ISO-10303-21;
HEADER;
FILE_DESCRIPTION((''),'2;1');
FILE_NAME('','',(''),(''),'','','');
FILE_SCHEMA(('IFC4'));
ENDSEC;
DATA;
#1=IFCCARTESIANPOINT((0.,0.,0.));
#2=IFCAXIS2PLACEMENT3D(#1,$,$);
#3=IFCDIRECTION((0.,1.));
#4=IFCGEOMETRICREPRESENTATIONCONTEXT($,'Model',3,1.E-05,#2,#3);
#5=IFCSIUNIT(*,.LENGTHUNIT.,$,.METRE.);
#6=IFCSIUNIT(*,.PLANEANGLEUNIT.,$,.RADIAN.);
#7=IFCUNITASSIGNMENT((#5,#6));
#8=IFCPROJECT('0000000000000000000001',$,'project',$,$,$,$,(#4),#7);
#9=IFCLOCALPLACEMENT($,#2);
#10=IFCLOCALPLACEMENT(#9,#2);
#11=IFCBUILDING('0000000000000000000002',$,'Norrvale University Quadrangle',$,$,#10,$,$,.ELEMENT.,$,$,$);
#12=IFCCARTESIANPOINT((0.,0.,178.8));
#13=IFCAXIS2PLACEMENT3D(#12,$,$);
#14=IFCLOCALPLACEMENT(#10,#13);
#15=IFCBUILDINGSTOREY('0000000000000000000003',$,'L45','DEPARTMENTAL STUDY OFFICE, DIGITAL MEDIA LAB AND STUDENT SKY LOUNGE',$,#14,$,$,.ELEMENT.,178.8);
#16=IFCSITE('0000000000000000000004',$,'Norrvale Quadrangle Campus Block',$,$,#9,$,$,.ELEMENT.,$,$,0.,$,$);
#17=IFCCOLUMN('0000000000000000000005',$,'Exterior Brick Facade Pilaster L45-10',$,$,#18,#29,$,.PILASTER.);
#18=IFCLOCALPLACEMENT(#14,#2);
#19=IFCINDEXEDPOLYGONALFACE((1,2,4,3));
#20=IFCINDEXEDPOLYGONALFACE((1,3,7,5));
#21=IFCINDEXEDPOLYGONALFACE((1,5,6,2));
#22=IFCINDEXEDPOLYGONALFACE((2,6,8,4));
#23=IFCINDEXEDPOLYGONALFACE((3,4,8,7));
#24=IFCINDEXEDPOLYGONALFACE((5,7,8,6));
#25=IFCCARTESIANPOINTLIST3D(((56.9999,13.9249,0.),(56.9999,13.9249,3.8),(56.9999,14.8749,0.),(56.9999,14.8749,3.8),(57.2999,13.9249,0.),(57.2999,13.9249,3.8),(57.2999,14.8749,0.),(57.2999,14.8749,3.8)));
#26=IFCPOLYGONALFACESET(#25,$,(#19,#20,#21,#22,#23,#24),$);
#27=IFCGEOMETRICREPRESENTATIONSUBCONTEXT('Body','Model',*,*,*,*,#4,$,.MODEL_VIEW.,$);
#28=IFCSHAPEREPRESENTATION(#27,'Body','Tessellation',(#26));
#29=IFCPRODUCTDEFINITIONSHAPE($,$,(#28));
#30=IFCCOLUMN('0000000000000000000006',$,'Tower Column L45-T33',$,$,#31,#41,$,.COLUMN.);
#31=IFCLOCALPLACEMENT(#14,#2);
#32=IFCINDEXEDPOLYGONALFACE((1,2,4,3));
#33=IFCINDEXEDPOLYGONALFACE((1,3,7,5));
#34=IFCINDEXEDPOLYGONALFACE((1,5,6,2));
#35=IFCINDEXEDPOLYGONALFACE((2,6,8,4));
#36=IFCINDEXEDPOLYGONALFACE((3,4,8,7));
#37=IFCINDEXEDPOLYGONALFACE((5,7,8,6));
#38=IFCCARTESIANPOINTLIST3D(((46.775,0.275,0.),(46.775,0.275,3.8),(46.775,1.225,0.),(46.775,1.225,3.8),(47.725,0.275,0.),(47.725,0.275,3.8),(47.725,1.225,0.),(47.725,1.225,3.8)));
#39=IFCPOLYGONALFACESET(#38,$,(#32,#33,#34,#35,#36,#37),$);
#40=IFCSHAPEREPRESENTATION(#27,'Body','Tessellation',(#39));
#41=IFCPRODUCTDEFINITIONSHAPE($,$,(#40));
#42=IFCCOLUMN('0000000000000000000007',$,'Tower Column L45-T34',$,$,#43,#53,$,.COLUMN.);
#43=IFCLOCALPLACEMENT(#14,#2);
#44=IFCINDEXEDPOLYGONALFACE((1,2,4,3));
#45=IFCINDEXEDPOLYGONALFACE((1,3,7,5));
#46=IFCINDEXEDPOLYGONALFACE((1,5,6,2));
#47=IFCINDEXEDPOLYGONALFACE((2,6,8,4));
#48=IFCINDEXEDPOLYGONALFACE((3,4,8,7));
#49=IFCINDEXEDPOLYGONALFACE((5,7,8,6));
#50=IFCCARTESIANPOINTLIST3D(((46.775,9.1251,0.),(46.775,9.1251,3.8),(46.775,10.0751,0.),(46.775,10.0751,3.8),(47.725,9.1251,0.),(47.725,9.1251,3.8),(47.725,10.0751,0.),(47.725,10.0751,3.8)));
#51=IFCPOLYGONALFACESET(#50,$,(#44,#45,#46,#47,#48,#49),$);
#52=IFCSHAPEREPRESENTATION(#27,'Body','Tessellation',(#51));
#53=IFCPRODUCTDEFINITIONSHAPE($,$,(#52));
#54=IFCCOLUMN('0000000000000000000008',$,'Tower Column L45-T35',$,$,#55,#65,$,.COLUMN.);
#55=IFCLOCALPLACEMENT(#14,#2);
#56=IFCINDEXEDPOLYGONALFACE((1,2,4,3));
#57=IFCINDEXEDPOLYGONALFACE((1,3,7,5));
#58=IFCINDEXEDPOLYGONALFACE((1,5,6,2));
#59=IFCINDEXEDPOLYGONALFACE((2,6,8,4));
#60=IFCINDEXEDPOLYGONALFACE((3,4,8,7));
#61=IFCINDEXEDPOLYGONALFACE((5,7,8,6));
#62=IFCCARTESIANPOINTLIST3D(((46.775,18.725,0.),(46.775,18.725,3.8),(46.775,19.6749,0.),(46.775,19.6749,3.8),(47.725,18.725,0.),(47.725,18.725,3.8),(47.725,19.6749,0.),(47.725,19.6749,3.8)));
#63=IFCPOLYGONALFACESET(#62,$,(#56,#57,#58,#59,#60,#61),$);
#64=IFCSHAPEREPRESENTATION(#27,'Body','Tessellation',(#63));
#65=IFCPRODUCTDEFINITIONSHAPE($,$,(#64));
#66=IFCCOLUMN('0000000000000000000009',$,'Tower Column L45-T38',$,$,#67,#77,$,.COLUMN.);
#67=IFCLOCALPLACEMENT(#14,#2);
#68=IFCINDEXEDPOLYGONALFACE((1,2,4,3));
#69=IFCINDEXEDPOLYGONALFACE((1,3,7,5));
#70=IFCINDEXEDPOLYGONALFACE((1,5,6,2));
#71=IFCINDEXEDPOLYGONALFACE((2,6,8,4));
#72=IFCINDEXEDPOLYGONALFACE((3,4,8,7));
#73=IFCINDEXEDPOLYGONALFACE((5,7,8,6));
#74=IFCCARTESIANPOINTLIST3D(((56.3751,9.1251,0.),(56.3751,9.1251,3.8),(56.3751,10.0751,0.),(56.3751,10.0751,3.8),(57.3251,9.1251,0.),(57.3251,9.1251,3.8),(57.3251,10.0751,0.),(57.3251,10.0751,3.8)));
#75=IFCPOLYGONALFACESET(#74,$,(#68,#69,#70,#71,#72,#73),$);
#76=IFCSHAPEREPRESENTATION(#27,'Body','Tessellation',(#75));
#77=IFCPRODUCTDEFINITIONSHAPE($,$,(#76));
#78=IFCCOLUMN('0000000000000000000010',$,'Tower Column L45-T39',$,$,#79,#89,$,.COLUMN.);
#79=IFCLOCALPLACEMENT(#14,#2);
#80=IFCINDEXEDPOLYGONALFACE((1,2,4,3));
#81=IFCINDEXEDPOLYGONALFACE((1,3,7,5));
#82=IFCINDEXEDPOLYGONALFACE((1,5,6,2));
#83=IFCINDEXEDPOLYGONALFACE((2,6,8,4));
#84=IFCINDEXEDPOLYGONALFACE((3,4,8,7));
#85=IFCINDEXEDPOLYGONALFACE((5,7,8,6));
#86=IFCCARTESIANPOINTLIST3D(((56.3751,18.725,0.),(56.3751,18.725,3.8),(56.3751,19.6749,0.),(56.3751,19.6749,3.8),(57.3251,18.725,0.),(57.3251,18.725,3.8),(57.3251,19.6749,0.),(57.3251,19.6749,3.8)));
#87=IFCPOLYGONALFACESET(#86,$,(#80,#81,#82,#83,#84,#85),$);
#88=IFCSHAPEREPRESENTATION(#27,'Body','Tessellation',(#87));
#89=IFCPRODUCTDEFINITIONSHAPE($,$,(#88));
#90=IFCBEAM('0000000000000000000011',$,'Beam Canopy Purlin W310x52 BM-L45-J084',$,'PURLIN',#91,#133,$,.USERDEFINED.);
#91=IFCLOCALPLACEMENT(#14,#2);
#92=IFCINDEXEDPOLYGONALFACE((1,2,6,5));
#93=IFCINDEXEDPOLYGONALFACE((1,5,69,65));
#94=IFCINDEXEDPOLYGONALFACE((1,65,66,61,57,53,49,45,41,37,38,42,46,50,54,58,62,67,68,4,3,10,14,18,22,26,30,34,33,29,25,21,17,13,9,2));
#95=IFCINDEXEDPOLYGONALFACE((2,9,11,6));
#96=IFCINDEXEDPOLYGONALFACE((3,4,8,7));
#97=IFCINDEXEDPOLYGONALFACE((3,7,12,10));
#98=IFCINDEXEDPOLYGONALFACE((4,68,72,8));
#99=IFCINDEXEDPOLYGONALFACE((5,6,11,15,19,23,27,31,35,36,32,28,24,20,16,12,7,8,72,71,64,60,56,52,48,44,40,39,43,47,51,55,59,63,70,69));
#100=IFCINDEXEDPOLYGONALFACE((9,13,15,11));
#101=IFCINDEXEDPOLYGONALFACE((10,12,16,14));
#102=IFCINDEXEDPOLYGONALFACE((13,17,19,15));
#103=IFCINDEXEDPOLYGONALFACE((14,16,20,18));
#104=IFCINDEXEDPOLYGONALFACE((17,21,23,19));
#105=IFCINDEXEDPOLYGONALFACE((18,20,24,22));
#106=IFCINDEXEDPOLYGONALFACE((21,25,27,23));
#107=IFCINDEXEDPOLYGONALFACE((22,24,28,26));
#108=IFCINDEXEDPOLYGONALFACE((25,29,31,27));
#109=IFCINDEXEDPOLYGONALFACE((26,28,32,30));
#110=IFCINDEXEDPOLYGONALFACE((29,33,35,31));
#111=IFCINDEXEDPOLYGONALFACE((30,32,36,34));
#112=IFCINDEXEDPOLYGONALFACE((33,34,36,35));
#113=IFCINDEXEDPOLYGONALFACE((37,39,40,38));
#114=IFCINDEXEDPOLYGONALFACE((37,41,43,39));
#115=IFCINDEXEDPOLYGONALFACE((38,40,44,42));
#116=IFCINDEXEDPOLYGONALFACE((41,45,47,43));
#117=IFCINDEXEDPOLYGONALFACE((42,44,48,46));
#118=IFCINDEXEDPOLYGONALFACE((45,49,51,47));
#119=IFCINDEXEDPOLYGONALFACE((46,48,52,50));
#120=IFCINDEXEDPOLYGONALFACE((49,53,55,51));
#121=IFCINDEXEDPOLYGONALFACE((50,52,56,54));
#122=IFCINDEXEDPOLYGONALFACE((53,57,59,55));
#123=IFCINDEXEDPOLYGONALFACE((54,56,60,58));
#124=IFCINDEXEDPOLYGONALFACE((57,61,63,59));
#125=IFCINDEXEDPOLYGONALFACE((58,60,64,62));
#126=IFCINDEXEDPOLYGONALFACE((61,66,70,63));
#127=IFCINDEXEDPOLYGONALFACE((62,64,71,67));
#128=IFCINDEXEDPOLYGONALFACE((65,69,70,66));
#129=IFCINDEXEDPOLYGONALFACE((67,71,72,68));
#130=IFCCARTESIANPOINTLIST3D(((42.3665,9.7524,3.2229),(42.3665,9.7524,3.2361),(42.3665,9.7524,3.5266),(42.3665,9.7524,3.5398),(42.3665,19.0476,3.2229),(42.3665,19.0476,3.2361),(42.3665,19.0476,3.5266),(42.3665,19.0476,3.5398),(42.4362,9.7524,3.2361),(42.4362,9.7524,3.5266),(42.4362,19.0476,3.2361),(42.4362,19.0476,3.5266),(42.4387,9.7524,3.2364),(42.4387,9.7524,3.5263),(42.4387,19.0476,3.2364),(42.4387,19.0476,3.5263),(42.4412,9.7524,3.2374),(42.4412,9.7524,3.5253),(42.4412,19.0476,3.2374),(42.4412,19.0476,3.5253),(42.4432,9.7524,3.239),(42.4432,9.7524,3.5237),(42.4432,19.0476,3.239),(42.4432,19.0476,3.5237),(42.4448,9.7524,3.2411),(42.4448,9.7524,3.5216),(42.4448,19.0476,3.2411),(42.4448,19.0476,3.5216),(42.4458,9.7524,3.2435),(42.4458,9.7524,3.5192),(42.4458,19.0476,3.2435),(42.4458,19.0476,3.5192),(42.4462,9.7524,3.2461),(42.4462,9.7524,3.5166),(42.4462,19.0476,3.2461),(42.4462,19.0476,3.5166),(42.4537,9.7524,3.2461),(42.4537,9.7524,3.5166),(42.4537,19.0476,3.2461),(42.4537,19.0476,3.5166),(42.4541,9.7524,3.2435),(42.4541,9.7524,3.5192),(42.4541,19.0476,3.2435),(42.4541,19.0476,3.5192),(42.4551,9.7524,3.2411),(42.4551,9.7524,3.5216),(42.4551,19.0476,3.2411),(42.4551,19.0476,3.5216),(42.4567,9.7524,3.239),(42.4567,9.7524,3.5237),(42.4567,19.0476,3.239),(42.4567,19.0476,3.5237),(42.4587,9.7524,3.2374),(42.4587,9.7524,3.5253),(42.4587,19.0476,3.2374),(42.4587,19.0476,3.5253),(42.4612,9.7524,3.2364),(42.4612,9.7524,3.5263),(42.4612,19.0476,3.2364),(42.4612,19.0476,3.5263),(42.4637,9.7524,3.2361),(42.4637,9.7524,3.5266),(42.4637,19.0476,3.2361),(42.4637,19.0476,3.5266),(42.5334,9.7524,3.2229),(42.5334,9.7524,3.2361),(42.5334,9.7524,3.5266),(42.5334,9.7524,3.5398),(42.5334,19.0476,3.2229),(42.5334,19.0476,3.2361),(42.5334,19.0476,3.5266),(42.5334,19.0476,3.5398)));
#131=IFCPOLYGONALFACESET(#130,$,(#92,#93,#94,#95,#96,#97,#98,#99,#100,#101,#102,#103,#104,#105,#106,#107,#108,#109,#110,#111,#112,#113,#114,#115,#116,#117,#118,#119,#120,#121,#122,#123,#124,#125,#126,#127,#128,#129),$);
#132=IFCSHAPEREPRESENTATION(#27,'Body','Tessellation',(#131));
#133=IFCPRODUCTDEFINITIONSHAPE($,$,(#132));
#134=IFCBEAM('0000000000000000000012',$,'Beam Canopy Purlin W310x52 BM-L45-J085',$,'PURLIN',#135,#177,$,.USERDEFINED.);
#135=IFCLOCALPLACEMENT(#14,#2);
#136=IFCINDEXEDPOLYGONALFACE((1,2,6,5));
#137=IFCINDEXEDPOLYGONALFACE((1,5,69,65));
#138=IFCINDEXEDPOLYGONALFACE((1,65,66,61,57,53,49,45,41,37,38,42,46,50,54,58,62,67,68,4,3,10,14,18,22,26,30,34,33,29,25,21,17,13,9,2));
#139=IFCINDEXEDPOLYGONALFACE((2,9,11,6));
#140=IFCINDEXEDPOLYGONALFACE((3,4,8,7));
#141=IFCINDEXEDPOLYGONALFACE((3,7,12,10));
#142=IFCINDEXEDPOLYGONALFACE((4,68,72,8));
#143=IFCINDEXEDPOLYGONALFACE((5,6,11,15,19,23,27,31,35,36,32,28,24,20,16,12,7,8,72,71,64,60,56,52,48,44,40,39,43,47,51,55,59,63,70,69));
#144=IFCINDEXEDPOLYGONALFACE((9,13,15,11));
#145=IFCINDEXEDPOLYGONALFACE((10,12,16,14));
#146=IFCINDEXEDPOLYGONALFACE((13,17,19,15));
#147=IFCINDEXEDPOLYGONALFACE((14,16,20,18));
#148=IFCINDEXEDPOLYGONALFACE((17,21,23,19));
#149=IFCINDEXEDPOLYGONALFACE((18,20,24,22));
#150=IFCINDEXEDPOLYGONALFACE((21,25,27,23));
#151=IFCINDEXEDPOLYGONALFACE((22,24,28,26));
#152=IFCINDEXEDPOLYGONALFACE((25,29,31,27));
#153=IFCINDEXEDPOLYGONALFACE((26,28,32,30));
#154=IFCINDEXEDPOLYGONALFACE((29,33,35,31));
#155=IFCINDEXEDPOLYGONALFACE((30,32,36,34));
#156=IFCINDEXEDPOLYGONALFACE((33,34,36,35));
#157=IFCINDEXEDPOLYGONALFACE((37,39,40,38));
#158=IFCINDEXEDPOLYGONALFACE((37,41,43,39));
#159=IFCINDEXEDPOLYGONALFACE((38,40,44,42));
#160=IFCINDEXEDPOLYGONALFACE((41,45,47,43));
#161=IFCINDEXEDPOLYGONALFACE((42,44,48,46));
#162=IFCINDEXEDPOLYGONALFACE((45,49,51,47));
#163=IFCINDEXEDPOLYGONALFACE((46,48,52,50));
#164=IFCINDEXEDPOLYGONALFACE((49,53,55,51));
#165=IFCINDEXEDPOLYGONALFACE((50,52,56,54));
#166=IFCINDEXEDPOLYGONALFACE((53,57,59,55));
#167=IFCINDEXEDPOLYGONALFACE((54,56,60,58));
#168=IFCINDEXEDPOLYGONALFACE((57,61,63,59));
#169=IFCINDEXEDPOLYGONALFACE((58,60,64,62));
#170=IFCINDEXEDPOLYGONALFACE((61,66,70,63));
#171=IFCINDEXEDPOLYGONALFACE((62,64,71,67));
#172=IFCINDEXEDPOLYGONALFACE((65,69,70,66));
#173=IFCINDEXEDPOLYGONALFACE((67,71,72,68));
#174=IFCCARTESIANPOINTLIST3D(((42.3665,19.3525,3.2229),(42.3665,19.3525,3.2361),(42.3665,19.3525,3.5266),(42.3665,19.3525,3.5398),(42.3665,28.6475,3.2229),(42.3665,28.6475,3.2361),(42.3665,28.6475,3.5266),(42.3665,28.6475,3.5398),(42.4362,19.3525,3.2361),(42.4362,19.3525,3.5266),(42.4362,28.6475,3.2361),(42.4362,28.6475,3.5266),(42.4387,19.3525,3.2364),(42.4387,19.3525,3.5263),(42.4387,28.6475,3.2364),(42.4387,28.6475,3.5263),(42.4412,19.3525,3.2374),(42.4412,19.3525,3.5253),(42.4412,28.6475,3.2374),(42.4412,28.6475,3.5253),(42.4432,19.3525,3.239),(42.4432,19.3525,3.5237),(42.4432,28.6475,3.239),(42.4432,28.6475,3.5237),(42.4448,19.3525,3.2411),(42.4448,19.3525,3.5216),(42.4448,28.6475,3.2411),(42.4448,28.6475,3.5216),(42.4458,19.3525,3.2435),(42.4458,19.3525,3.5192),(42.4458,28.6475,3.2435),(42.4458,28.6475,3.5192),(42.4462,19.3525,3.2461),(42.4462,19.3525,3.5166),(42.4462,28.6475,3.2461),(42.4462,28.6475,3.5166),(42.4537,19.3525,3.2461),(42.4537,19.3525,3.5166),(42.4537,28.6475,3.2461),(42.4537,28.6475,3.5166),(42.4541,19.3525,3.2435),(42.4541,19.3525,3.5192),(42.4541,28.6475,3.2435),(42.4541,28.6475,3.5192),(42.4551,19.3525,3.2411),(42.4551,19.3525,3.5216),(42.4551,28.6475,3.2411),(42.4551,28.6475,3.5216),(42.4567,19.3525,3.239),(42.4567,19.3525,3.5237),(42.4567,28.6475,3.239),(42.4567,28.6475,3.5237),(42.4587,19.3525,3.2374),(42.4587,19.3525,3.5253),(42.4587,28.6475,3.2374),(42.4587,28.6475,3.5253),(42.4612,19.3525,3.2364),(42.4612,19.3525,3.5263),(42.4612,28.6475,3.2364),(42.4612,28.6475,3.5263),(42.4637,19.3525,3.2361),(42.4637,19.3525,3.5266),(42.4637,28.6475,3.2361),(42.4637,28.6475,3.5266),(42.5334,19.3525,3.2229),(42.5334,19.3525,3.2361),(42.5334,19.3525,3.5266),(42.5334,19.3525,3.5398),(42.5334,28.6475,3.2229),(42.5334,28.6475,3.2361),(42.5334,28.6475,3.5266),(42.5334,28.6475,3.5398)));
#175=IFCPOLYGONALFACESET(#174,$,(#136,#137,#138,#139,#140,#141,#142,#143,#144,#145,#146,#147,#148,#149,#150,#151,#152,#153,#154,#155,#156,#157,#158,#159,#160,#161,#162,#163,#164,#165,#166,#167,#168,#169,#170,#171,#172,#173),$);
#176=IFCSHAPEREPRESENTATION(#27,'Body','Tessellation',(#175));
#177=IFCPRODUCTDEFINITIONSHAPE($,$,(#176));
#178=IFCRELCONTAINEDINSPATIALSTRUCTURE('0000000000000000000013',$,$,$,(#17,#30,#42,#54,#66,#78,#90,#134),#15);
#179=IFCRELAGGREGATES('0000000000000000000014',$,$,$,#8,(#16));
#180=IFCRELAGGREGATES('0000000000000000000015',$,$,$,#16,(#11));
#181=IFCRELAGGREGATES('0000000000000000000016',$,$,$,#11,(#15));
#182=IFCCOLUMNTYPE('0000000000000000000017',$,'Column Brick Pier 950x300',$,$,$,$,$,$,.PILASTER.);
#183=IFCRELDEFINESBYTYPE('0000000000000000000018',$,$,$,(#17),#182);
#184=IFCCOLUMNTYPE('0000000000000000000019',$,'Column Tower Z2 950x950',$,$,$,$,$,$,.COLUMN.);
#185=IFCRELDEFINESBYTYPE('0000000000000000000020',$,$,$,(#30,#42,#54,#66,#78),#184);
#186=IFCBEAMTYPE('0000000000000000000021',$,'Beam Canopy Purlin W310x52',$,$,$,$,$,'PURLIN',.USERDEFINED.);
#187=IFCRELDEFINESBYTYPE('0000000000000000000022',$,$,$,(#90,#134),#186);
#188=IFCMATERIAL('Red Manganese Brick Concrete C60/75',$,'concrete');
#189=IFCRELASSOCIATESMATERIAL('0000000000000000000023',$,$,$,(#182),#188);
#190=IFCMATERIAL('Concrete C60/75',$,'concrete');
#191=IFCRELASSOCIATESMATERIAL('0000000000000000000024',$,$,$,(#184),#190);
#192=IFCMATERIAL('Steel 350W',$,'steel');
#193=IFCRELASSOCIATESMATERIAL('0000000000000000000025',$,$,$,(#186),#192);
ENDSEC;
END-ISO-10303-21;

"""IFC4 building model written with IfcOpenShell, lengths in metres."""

from ifc_helpers import new_model, si_unit, direction, frame, origin, origin_2d, place, context, subcontext, project, spatial, rectangle, i_section, extrude, material, material_profile, profile_set, type_object, element, save


model = new_model("IFC4")

# Units and contexts
model_context = context("Model", 3, precision=1e-05, world=origin(), true_north=direction((0.0, 1.0)))
body_context = subcontext(model_context, "Body", "Model", "MODEL_VIEW")
ifc_project = project(units=[si_unit("LENGTHUNIT", "METRE"), si_unit("PLANEANGLEUNIT", "RADIAN")], contexts=[model_context])

# Site, building, storey
site_placement = place(None, origin())
site = spatial("IfcSite", under=ifc_project, at=site_placement, Name="Norrvale Quadrangle Campus Block", CompositionType="ELEMENT", RefElevation=0.0)
building_placement = place(site_placement, origin())
building = spatial("IfcBuilding", under=site, at=building_placement, Name="Norrvale University Quadrangle", CompositionType="ELEMENT")
storey_placement = place(building_placement, frame((0.0, 0.0, 178.8)))
storey = spatial("IfcBuildingStorey", under=building, at=storey_placement, Name="L45", Description="DEPARTMENTAL STUDY OFFICE, DIGITAL MEDIA LAB AND STUDENT SKY LOUNGE", CompositionType="ELEMENT", Elevation=178.8)

# Columns
ifc_material_1 = material(Name="Red Manganese Brick Concrete C60/75", Category="concrete")
ifc_material_profile_1 = material_profile(ifc_material_1, rectangle(XDim=0.95, YDim=0.3, at=origin_2d()), Name="Red Manganese Brick Concrete C60/75")
ifc_profile_set_1 = profile_set([ifc_material_profile_1], Name="Red Manganese Brick Concrete C60/75")
column_type_1 = type_object("IfcColumnType", Name="Column Brick Pier 950x300", PredefinedType="PILASTER", material=ifc_profile_set_1)
column_placement = place(storey_placement, frame((57.1499, 14.3999, 0.0), z_axis=(0.0, 0.0, 1.0), x_axis=(0.0, 1.0, 0.0)))
element("IfcColumn", 1, at=column_placement, inside=storey, type_object=column_type_1, Name="Exterior Brick Facade Pilaster L45-10", PredefinedType="PILASTER", context=body_context, shape_type="SweptSolid", body=[
    extrude(rectangle(XDim=0.95, YDim=0.3, at=origin_2d()), origin(), (0.0, 0.0, 1.0), 3.8),
])
ifc_material_2 = material(Name="Concrete C60/75", Category="concrete")
ifc_material_profile_2 = material_profile(ifc_material_2, rectangle(XDim=0.95, YDim=0.95, at=origin_2d()), Name="Concrete C60/75")
ifc_profile_set_2 = profile_set([ifc_material_profile_2], Name="Concrete C60/75")
column_type_2 = type_object("IfcColumnType", Name="Column Tower Z2 950x950", PredefinedType="COLUMN", material=ifc_profile_set_2)
for number, where, z_axis, x_axis, name in (
    (2, (47.25, 0.75, 0.0), (0.0, 0.0, 1.0), (1.0, 0.0, 0.0), "Tower Column L45-T33"),
    (3, (47.25, 9.6001, 0.0), (0.0, 0.0, 1.0), (1.0, 0.0, 0.0), "Tower Column L45-T34"),
    (4, (47.25, 19.2, 0.0), (0.0, 0.0, 1.0), (1.0, 0.0, 0.0), "Tower Column L45-T35"),
    (5, (56.8501, 9.6001, 0.0), (0.0, 0.0, 1.0), (1.0, 0.0, 0.0), "Tower Column L45-T38"),
    (6, (56.8501, 19.2, 0.0), (0.0, 0.0, 1.0), (1.0, 0.0, 0.0), "Tower Column L45-T39"),
):
    element("IfcColumn", number, at=place(storey_placement, frame(where, z_axis=z_axis, x_axis=x_axis)), inside=storey, type_object=column_type_2, Name=name, PredefinedType="COLUMN", context=body_context, shape_type="SweptSolid", body=[
        extrude(rectangle(XDim=0.95, YDim=0.95, at=origin_2d()), origin(), (0.0, 0.0, 1.0), 3.8),
    ])

# Beams
ifc_material_3 = material(Name="Steel 350W", Category="steel")
ifc_material_profile_3 = material_profile(ifc_material_3, i_section(OverallWidth=0.167, OverallDepth=0.3169, WebThickness=0.0076, FlangeThickness=0.0132, FilletRadius=0.01, at=origin_2d()), Name="Steel 350W")
ifc_profile_set_3 = profile_set([ifc_material_profile_3], Name="Steel 350W")
beam_type_1 = type_object("IfcBeamType", Name="Beam Canopy Purlin W310x52", ElementType="PURLIN", PredefinedType="USERDEFINED", material=ifc_profile_set_3)
beam_1_placement = place(storey_placement, frame((42.45, 9.7524, 3.3813), z_axis=(0.0, 1.0, 0.0), x_axis=(-1.0, 0.0, 0.0)))
element("IfcBeam", 7, at=beam_1_placement, inside=storey, type_object=beam_type_1, Name="Beam Canopy Purlin W310x52 BM-L45-J084", ObjectType="PURLIN", PredefinedType="USERDEFINED", context=body_context, shape_type="SweptSolid", body=[
    extrude(i_section(OverallWidth=0.167, OverallDepth=0.3169, WebThickness=0.0076, FlangeThickness=0.0132, FilletRadius=0.01, at=origin_2d()), origin(), (0.0, 0.0, 1.0), 9.2952),
])
beam_2_placement = place(storey_placement, frame((42.45, 19.3525, 3.3813), z_axis=(0.0, 1.0, 0.0), x_axis=(-1.0, 0.0, 0.0)))
element("IfcBeam", 8, at=beam_2_placement, inside=storey, type_object=beam_type_1, Name="Beam Canopy Purlin W310x52 BM-L45-J085", ObjectType="PURLIN", PredefinedType="USERDEFINED", context=body_context, shape_type="SweptSolid", body=[
    extrude(i_section(OverallWidth=0.167, OverallDepth=0.3169, WebThickness=0.0076, FlangeThickness=0.0132, FilletRadius=0.01, at=origin_2d()), origin(), (0.0, 0.0, 1.0), 9.2949),
])

save(model, "model.ifc")
